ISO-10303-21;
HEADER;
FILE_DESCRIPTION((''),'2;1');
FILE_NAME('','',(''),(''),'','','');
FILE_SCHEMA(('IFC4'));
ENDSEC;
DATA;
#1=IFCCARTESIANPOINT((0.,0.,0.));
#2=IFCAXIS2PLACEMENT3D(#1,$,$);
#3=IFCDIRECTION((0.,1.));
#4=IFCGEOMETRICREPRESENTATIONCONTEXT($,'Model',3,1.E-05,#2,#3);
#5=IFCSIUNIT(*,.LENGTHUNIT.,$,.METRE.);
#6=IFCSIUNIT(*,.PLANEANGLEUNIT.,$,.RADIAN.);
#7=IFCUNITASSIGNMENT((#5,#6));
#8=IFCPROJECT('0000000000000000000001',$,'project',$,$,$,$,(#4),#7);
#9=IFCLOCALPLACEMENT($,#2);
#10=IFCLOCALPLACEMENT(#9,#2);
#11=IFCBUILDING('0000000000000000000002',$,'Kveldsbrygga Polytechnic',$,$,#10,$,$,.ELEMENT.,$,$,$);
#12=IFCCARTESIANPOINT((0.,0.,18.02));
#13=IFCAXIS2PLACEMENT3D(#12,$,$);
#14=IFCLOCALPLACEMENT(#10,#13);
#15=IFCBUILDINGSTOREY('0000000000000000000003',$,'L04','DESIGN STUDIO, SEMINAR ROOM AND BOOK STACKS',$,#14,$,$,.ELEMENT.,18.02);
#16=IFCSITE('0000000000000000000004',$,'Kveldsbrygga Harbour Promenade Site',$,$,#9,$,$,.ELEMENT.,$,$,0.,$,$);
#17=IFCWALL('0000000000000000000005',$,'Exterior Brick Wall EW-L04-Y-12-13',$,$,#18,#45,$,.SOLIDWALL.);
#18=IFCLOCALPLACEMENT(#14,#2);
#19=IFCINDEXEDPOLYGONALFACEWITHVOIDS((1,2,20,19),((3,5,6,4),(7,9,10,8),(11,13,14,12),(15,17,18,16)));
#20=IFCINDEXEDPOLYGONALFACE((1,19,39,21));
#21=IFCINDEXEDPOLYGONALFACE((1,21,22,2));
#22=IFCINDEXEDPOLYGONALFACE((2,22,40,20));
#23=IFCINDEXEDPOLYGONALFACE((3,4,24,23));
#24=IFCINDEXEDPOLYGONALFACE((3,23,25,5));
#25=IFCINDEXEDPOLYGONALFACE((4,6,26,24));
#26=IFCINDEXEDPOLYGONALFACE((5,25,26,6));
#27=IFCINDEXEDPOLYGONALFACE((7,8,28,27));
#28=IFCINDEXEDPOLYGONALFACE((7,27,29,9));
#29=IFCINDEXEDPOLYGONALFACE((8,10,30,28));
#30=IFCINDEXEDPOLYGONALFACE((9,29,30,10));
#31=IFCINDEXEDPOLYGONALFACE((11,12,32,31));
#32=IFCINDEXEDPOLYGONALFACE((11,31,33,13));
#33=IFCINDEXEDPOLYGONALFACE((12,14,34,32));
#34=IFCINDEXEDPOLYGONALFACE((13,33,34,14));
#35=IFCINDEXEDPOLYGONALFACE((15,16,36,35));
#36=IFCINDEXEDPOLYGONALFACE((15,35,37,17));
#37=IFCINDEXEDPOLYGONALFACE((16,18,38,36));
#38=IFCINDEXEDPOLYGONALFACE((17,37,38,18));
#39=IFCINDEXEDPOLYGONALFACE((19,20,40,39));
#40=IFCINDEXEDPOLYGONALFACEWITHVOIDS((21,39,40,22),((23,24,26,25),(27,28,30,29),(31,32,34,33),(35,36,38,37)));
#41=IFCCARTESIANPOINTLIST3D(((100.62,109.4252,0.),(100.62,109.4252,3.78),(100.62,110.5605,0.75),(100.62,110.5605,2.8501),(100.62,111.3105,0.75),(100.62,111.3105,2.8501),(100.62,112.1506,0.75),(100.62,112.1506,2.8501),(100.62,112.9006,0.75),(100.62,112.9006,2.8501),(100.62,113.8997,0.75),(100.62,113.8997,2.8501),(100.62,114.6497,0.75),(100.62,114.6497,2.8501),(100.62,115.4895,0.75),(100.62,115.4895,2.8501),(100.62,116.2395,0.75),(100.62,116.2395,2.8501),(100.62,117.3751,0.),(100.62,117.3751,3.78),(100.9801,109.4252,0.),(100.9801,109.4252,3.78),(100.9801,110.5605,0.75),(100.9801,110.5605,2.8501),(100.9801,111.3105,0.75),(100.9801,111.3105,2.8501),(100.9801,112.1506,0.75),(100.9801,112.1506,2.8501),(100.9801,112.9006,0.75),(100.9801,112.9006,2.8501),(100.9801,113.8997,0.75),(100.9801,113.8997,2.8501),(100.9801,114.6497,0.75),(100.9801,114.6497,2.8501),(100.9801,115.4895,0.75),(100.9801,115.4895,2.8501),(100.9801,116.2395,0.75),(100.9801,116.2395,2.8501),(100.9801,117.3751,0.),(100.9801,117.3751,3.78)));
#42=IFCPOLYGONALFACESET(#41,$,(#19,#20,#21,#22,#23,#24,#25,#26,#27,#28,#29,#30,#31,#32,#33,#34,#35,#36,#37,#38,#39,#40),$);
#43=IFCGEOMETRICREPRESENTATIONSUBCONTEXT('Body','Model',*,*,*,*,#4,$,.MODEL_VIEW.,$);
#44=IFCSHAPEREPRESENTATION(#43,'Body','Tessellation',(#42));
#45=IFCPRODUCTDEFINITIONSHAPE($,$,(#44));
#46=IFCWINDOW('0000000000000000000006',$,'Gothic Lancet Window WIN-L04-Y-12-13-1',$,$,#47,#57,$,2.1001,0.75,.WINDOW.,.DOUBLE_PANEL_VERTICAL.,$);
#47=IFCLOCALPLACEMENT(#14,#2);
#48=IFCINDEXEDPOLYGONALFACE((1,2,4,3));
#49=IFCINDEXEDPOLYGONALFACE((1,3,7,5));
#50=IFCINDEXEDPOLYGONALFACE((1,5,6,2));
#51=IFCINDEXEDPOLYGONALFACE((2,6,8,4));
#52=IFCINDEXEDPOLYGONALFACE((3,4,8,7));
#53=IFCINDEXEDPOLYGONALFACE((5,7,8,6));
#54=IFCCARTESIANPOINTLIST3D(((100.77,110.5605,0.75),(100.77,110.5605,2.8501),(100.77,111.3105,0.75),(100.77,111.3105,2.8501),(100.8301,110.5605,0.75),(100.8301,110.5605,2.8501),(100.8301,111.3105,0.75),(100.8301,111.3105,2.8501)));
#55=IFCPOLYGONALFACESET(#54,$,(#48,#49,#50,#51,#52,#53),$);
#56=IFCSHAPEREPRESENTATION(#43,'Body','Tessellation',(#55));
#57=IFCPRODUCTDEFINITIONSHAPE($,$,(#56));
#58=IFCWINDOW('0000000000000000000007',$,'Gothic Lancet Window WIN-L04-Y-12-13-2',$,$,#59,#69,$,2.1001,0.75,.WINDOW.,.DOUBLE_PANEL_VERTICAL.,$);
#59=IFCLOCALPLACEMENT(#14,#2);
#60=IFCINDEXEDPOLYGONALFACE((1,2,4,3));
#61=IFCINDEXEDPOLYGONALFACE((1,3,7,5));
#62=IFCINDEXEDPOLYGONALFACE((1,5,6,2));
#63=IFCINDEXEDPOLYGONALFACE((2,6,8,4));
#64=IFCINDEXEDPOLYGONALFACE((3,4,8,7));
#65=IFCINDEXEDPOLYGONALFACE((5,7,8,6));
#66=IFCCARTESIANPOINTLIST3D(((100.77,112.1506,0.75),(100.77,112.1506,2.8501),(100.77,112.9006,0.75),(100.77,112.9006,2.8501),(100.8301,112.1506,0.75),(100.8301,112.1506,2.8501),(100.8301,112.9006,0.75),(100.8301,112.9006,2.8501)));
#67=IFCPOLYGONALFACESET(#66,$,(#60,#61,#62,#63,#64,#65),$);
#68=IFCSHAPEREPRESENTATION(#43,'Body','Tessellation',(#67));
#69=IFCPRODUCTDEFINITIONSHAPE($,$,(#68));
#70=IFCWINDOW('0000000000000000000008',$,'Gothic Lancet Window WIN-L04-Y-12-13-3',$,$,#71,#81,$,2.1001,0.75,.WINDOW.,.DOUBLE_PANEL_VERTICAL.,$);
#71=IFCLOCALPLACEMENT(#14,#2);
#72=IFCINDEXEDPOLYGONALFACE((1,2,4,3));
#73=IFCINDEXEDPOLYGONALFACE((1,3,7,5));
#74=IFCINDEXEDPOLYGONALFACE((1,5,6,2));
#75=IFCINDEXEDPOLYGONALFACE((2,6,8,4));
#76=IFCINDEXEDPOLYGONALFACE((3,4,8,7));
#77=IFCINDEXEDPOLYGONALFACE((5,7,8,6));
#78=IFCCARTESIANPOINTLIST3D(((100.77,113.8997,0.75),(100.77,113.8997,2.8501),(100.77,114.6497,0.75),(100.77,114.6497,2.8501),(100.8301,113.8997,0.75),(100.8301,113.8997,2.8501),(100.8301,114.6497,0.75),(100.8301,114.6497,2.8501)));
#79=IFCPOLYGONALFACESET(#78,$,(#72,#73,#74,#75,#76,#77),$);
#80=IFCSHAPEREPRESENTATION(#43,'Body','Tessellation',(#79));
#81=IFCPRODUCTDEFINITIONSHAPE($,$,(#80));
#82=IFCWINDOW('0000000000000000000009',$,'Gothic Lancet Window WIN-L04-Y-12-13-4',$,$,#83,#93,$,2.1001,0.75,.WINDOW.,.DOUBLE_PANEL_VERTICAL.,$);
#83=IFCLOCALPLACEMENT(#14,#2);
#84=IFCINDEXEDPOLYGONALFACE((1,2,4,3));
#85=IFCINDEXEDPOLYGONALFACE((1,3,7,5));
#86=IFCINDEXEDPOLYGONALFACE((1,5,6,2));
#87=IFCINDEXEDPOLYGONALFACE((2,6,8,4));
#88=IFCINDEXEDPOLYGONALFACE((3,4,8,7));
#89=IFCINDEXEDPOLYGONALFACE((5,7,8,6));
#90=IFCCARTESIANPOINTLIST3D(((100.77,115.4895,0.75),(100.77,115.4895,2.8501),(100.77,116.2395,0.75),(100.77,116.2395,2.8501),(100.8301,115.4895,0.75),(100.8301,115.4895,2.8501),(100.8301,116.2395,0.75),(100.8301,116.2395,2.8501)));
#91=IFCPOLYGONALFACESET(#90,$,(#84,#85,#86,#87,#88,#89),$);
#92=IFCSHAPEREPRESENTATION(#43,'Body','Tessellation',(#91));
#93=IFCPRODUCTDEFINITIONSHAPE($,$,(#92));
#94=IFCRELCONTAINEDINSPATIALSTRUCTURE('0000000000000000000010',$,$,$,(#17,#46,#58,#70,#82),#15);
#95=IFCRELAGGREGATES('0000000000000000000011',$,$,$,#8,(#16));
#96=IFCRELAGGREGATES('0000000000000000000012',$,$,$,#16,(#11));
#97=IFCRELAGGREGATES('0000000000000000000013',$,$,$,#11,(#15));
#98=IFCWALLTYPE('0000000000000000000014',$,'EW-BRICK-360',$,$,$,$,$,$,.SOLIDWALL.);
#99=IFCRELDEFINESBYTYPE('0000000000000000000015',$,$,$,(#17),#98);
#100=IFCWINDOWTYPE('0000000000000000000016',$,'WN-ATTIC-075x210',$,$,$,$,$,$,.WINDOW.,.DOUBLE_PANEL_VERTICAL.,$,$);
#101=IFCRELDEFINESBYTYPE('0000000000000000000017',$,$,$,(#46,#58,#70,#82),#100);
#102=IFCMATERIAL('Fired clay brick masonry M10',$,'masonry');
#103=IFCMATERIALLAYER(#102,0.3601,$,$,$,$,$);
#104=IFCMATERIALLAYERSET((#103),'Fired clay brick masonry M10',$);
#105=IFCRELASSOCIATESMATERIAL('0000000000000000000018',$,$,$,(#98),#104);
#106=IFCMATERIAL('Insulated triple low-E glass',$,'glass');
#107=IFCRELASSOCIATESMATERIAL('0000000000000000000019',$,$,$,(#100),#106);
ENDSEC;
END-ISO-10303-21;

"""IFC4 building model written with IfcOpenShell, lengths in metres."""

from ifc_helpers import new_model, si_unit, direction, frame, frame_2d, origin, place, context, subcontext, project, spatial, rectangle, extrude, material, layer, layer_set, type_object, element, fill, save


model = new_model("IFC4")

# Units and contexts
model_context = context("Model", 3, precision=1e-05, world=origin(), true_north=direction((0.0, 1.0)))
body_context = subcontext(model_context, "Body", "Model", "MODEL_VIEW")
ifc_project = project(units=[si_unit("LENGTHUNIT", "METRE"), si_unit("PLANEANGLEUNIT", "RADIAN")], contexts=[model_context])

# Site, building, storey
site_placement = place(None, origin())
site = spatial("IfcSite", under=ifc_project, at=site_placement, Name="Kveldsbrygga Harbour Promenade Site", CompositionType="ELEMENT", RefElevation=0.0)
building_placement = place(site_placement, origin())
building = spatial("IfcBuilding", under=site, at=building_placement, Name="Kveldsbrygga Polytechnic", CompositionType="ELEMENT")
storey_placement = place(building_placement, frame((0.0, 0.0, 18.02)))
storey = spatial("IfcBuildingStorey", under=building, at=storey_placement, Name="L04", Description="DESIGN STUDIO, SEMINAR ROOM AND BOOK STACKS", CompositionType="ELEMENT", Elevation=18.02)

# Wall, openings, windows
ifc_material_1 = material(Name="Fired clay brick masonry M10", Category="masonry")
ifc_layer_1 = layer(ifc_material_1, 0.3601)
ifc_layer_set_1 = layer_set([ifc_layer_1], Name="Fired clay brick masonry M10")
wall_type = type_object("IfcWallType", Name="EW-BRICK-360", PredefinedType="SOLIDWALL", material=ifc_layer_set_1)
ifc_material_2 = material(Name="Insulated triple low-E glass", Category="glass")
wall_1_placement = place(storey_placement, frame((100.8, 109.425, 0.0), z_axis=(0.0, 0.0, 1.0), x_axis=(0.0, 1.0, 0.0)))
wall_1 = element("IfcWall", 1, at=wall_1_placement, inside=storey, type_object=wall_type, Name="Exterior Brick Wall EW-L04-Y-12-13", PredefinedType="SOLIDWALL", context=body_context, shape_type="SweptSolid", body=[
    extrude(rectangle(XDim=7.95, YDim=0.3601, at=frame_2d((3.9751, 0.0))), origin(), (0.0, 0.0, 1.0), 3.78),
])
opening_1_placement = place(wall_1_placement, frame((1.1355, 0.0, 0.75)))
opening_1 = element("IfcOpeningElement", 2, at=opening_1_placement, cuts=wall_1, PredefinedType="OPENING", context=body_context, shape_type="SweptSolid", body=[
    extrude(rectangle(XDim=0.75, YDim=2.1001, at=frame_2d((0.375, 1.05))), frame((0.0, 0.1899, 0.0), z_axis=(0.0, -1.0, 0.0), x_axis=(1.0, 0.0, 0.0)), (0.0, 0.0, 1.0), 0.3801),
])
opening_2_placement = place(wall_1_placement, frame((2.7256, 0.0, 0.75)))
opening_2 = element("IfcOpeningElement", 3, at=opening_2_placement, cuts=wall_1, PredefinedType="OPENING", context=body_context, shape_type="SweptSolid", body=[
    extrude(rectangle(XDim=0.75, YDim=2.1001, at=frame_2d((0.375, 1.05))), frame((0.0, 0.1899, 0.0), z_axis=(0.0, -1.0, 0.0), x_axis=(1.0, 0.0, 0.0)), (0.0, 0.0, 1.0), 0.3801),
])
opening_3_placement = place(wall_1_placement, frame((4.4746, 0.0, 0.75)))
opening_3 = element("IfcOpeningElement", 4, at=opening_3_placement, cuts=wall_1, PredefinedType="OPENING", context=body_context, shape_type="SweptSolid", body=[
    extrude(rectangle(XDim=0.75, YDim=2.1001, at=frame_2d((0.375, 1.05))), frame((0.0, 0.1899, 0.0), z_axis=(0.0, -1.0, 0.0), x_axis=(1.0, 0.0, 0.0)), (0.0, 0.0, 1.0), 0.3801),
])
opening_4_placement = place(wall_1_placement, frame((6.0645, 0.0, 0.75)))
opening_4 = element("IfcOpeningElement", 5, at=opening_4_placement, cuts=wall_1, PredefinedType="OPENING", context=body_context, shape_type="SweptSolid", body=[
    extrude(rectangle(XDim=0.75, YDim=2.1001, at=frame_2d((0.375, 1.05))), frame((0.0, 0.1899, 0.0), z_axis=(0.0, -1.0, 0.0), x_axis=(1.0, 0.0, 0.0)), (0.0, 0.0, 1.0), 0.3801),
])
window_type_1 = type_object("IfcWindowType", Name="WN-ATTIC-075x210", PartitioningType="DOUBLE_PANEL_VERTICAL", PredefinedType="WINDOW", material=ifc_material_2)
window_1_placement = place(opening_1_placement, origin())
window_1 = element("IfcWindow", 6, at=window_1_placement, inside=storey, type_object=window_type_1, Name="Gothic Lancet Window WIN-L04-Y-12-13-1", OverallHeight=2.1001, OverallWidth=0.75, PartitioningType="DOUBLE_PANEL_VERTICAL", PredefinedType="WINDOW", context=body_context, shape_type="SweptSolid", body=[
    extrude(rectangle(XDim=0.75, YDim=2.1001, at=frame_2d((0.375, 1.05))), frame((0.0, 0.03, 0.0), z_axis=(0.0, -1.0, 0.0), x_axis=(1.0, 0.0, 0.0)), (0.0, 0.0, 1.0), 0.0601),
])
fill(opening_1, window_1)
window_2_placement = place(opening_2_placement, origin())
window_2 = element("IfcWindow", 7, at=window_2_placement, inside=storey, type_object=window_type_1, Name="Gothic Lancet Window WIN-L04-Y-12-13-2", OverallHeight=2.1001, OverallWidth=0.75, PartitioningType="DOUBLE_PANEL_VERTICAL", PredefinedType="WINDOW", context=body_context, shape_type="SweptSolid", body=[
    extrude(rectangle(XDim=0.75, YDim=2.1001, at=frame_2d((0.375, 1.05))), frame((0.0, 0.03, 0.0), z_axis=(0.0, -1.0, 0.0), x_axis=(1.0, 0.0, 0.0)), (0.0, 0.0, 1.0), 0.0601),
])
fill(opening_2, window_2)
window_3_placement = place(opening_3_placement, origin())
window_3 = element("IfcWindow", 8, at=window_3_placement, inside=storey, type_object=window_type_1, Name="Gothic Lancet Window WIN-L04-Y-12-13-3", OverallHeight=2.1001, OverallWidth=0.75, PartitioningType="DOUBLE_PANEL_VERTICAL", PredefinedType="WINDOW", context=body_context, shape_type="SweptSolid", body=[
    extrude(rectangle(XDim=0.75, YDim=2.1001, at=frame_2d((0.375, 1.05))), frame((0.0, 0.03, 0.0), z_axis=(0.0, -1.0, 0.0), x_axis=(1.0, 0.0, 0.0)), (0.0, 0.0, 1.0), 0.0601),
])
fill(opening_3, window_3)
window_4_placement = place(opening_4_placement, origin())
window_4 = element("IfcWindow", 9, at=window_4_placement, inside=storey, type_object=window_type_1, Name="Gothic Lancet Window WIN-L04-Y-12-13-4", OverallHeight=2.1001, OverallWidth=0.75, PartitioningType="DOUBLE_PANEL_VERTICAL", PredefinedType="WINDOW", context=body_context, shape_type="SweptSolid", body=[
    extrude(rectangle(XDim=0.75, YDim=2.1001, at=frame_2d((0.375, 1.05))), frame((0.0, 0.03, 0.0), z_axis=(0.0, -1.0, 0.0), x_axis=(1.0, 0.0, 0.0)), (0.0, 0.0, 1.0), 0.0601),
])
fill(opening_4, window_4)

save(model, "model.ifc")
